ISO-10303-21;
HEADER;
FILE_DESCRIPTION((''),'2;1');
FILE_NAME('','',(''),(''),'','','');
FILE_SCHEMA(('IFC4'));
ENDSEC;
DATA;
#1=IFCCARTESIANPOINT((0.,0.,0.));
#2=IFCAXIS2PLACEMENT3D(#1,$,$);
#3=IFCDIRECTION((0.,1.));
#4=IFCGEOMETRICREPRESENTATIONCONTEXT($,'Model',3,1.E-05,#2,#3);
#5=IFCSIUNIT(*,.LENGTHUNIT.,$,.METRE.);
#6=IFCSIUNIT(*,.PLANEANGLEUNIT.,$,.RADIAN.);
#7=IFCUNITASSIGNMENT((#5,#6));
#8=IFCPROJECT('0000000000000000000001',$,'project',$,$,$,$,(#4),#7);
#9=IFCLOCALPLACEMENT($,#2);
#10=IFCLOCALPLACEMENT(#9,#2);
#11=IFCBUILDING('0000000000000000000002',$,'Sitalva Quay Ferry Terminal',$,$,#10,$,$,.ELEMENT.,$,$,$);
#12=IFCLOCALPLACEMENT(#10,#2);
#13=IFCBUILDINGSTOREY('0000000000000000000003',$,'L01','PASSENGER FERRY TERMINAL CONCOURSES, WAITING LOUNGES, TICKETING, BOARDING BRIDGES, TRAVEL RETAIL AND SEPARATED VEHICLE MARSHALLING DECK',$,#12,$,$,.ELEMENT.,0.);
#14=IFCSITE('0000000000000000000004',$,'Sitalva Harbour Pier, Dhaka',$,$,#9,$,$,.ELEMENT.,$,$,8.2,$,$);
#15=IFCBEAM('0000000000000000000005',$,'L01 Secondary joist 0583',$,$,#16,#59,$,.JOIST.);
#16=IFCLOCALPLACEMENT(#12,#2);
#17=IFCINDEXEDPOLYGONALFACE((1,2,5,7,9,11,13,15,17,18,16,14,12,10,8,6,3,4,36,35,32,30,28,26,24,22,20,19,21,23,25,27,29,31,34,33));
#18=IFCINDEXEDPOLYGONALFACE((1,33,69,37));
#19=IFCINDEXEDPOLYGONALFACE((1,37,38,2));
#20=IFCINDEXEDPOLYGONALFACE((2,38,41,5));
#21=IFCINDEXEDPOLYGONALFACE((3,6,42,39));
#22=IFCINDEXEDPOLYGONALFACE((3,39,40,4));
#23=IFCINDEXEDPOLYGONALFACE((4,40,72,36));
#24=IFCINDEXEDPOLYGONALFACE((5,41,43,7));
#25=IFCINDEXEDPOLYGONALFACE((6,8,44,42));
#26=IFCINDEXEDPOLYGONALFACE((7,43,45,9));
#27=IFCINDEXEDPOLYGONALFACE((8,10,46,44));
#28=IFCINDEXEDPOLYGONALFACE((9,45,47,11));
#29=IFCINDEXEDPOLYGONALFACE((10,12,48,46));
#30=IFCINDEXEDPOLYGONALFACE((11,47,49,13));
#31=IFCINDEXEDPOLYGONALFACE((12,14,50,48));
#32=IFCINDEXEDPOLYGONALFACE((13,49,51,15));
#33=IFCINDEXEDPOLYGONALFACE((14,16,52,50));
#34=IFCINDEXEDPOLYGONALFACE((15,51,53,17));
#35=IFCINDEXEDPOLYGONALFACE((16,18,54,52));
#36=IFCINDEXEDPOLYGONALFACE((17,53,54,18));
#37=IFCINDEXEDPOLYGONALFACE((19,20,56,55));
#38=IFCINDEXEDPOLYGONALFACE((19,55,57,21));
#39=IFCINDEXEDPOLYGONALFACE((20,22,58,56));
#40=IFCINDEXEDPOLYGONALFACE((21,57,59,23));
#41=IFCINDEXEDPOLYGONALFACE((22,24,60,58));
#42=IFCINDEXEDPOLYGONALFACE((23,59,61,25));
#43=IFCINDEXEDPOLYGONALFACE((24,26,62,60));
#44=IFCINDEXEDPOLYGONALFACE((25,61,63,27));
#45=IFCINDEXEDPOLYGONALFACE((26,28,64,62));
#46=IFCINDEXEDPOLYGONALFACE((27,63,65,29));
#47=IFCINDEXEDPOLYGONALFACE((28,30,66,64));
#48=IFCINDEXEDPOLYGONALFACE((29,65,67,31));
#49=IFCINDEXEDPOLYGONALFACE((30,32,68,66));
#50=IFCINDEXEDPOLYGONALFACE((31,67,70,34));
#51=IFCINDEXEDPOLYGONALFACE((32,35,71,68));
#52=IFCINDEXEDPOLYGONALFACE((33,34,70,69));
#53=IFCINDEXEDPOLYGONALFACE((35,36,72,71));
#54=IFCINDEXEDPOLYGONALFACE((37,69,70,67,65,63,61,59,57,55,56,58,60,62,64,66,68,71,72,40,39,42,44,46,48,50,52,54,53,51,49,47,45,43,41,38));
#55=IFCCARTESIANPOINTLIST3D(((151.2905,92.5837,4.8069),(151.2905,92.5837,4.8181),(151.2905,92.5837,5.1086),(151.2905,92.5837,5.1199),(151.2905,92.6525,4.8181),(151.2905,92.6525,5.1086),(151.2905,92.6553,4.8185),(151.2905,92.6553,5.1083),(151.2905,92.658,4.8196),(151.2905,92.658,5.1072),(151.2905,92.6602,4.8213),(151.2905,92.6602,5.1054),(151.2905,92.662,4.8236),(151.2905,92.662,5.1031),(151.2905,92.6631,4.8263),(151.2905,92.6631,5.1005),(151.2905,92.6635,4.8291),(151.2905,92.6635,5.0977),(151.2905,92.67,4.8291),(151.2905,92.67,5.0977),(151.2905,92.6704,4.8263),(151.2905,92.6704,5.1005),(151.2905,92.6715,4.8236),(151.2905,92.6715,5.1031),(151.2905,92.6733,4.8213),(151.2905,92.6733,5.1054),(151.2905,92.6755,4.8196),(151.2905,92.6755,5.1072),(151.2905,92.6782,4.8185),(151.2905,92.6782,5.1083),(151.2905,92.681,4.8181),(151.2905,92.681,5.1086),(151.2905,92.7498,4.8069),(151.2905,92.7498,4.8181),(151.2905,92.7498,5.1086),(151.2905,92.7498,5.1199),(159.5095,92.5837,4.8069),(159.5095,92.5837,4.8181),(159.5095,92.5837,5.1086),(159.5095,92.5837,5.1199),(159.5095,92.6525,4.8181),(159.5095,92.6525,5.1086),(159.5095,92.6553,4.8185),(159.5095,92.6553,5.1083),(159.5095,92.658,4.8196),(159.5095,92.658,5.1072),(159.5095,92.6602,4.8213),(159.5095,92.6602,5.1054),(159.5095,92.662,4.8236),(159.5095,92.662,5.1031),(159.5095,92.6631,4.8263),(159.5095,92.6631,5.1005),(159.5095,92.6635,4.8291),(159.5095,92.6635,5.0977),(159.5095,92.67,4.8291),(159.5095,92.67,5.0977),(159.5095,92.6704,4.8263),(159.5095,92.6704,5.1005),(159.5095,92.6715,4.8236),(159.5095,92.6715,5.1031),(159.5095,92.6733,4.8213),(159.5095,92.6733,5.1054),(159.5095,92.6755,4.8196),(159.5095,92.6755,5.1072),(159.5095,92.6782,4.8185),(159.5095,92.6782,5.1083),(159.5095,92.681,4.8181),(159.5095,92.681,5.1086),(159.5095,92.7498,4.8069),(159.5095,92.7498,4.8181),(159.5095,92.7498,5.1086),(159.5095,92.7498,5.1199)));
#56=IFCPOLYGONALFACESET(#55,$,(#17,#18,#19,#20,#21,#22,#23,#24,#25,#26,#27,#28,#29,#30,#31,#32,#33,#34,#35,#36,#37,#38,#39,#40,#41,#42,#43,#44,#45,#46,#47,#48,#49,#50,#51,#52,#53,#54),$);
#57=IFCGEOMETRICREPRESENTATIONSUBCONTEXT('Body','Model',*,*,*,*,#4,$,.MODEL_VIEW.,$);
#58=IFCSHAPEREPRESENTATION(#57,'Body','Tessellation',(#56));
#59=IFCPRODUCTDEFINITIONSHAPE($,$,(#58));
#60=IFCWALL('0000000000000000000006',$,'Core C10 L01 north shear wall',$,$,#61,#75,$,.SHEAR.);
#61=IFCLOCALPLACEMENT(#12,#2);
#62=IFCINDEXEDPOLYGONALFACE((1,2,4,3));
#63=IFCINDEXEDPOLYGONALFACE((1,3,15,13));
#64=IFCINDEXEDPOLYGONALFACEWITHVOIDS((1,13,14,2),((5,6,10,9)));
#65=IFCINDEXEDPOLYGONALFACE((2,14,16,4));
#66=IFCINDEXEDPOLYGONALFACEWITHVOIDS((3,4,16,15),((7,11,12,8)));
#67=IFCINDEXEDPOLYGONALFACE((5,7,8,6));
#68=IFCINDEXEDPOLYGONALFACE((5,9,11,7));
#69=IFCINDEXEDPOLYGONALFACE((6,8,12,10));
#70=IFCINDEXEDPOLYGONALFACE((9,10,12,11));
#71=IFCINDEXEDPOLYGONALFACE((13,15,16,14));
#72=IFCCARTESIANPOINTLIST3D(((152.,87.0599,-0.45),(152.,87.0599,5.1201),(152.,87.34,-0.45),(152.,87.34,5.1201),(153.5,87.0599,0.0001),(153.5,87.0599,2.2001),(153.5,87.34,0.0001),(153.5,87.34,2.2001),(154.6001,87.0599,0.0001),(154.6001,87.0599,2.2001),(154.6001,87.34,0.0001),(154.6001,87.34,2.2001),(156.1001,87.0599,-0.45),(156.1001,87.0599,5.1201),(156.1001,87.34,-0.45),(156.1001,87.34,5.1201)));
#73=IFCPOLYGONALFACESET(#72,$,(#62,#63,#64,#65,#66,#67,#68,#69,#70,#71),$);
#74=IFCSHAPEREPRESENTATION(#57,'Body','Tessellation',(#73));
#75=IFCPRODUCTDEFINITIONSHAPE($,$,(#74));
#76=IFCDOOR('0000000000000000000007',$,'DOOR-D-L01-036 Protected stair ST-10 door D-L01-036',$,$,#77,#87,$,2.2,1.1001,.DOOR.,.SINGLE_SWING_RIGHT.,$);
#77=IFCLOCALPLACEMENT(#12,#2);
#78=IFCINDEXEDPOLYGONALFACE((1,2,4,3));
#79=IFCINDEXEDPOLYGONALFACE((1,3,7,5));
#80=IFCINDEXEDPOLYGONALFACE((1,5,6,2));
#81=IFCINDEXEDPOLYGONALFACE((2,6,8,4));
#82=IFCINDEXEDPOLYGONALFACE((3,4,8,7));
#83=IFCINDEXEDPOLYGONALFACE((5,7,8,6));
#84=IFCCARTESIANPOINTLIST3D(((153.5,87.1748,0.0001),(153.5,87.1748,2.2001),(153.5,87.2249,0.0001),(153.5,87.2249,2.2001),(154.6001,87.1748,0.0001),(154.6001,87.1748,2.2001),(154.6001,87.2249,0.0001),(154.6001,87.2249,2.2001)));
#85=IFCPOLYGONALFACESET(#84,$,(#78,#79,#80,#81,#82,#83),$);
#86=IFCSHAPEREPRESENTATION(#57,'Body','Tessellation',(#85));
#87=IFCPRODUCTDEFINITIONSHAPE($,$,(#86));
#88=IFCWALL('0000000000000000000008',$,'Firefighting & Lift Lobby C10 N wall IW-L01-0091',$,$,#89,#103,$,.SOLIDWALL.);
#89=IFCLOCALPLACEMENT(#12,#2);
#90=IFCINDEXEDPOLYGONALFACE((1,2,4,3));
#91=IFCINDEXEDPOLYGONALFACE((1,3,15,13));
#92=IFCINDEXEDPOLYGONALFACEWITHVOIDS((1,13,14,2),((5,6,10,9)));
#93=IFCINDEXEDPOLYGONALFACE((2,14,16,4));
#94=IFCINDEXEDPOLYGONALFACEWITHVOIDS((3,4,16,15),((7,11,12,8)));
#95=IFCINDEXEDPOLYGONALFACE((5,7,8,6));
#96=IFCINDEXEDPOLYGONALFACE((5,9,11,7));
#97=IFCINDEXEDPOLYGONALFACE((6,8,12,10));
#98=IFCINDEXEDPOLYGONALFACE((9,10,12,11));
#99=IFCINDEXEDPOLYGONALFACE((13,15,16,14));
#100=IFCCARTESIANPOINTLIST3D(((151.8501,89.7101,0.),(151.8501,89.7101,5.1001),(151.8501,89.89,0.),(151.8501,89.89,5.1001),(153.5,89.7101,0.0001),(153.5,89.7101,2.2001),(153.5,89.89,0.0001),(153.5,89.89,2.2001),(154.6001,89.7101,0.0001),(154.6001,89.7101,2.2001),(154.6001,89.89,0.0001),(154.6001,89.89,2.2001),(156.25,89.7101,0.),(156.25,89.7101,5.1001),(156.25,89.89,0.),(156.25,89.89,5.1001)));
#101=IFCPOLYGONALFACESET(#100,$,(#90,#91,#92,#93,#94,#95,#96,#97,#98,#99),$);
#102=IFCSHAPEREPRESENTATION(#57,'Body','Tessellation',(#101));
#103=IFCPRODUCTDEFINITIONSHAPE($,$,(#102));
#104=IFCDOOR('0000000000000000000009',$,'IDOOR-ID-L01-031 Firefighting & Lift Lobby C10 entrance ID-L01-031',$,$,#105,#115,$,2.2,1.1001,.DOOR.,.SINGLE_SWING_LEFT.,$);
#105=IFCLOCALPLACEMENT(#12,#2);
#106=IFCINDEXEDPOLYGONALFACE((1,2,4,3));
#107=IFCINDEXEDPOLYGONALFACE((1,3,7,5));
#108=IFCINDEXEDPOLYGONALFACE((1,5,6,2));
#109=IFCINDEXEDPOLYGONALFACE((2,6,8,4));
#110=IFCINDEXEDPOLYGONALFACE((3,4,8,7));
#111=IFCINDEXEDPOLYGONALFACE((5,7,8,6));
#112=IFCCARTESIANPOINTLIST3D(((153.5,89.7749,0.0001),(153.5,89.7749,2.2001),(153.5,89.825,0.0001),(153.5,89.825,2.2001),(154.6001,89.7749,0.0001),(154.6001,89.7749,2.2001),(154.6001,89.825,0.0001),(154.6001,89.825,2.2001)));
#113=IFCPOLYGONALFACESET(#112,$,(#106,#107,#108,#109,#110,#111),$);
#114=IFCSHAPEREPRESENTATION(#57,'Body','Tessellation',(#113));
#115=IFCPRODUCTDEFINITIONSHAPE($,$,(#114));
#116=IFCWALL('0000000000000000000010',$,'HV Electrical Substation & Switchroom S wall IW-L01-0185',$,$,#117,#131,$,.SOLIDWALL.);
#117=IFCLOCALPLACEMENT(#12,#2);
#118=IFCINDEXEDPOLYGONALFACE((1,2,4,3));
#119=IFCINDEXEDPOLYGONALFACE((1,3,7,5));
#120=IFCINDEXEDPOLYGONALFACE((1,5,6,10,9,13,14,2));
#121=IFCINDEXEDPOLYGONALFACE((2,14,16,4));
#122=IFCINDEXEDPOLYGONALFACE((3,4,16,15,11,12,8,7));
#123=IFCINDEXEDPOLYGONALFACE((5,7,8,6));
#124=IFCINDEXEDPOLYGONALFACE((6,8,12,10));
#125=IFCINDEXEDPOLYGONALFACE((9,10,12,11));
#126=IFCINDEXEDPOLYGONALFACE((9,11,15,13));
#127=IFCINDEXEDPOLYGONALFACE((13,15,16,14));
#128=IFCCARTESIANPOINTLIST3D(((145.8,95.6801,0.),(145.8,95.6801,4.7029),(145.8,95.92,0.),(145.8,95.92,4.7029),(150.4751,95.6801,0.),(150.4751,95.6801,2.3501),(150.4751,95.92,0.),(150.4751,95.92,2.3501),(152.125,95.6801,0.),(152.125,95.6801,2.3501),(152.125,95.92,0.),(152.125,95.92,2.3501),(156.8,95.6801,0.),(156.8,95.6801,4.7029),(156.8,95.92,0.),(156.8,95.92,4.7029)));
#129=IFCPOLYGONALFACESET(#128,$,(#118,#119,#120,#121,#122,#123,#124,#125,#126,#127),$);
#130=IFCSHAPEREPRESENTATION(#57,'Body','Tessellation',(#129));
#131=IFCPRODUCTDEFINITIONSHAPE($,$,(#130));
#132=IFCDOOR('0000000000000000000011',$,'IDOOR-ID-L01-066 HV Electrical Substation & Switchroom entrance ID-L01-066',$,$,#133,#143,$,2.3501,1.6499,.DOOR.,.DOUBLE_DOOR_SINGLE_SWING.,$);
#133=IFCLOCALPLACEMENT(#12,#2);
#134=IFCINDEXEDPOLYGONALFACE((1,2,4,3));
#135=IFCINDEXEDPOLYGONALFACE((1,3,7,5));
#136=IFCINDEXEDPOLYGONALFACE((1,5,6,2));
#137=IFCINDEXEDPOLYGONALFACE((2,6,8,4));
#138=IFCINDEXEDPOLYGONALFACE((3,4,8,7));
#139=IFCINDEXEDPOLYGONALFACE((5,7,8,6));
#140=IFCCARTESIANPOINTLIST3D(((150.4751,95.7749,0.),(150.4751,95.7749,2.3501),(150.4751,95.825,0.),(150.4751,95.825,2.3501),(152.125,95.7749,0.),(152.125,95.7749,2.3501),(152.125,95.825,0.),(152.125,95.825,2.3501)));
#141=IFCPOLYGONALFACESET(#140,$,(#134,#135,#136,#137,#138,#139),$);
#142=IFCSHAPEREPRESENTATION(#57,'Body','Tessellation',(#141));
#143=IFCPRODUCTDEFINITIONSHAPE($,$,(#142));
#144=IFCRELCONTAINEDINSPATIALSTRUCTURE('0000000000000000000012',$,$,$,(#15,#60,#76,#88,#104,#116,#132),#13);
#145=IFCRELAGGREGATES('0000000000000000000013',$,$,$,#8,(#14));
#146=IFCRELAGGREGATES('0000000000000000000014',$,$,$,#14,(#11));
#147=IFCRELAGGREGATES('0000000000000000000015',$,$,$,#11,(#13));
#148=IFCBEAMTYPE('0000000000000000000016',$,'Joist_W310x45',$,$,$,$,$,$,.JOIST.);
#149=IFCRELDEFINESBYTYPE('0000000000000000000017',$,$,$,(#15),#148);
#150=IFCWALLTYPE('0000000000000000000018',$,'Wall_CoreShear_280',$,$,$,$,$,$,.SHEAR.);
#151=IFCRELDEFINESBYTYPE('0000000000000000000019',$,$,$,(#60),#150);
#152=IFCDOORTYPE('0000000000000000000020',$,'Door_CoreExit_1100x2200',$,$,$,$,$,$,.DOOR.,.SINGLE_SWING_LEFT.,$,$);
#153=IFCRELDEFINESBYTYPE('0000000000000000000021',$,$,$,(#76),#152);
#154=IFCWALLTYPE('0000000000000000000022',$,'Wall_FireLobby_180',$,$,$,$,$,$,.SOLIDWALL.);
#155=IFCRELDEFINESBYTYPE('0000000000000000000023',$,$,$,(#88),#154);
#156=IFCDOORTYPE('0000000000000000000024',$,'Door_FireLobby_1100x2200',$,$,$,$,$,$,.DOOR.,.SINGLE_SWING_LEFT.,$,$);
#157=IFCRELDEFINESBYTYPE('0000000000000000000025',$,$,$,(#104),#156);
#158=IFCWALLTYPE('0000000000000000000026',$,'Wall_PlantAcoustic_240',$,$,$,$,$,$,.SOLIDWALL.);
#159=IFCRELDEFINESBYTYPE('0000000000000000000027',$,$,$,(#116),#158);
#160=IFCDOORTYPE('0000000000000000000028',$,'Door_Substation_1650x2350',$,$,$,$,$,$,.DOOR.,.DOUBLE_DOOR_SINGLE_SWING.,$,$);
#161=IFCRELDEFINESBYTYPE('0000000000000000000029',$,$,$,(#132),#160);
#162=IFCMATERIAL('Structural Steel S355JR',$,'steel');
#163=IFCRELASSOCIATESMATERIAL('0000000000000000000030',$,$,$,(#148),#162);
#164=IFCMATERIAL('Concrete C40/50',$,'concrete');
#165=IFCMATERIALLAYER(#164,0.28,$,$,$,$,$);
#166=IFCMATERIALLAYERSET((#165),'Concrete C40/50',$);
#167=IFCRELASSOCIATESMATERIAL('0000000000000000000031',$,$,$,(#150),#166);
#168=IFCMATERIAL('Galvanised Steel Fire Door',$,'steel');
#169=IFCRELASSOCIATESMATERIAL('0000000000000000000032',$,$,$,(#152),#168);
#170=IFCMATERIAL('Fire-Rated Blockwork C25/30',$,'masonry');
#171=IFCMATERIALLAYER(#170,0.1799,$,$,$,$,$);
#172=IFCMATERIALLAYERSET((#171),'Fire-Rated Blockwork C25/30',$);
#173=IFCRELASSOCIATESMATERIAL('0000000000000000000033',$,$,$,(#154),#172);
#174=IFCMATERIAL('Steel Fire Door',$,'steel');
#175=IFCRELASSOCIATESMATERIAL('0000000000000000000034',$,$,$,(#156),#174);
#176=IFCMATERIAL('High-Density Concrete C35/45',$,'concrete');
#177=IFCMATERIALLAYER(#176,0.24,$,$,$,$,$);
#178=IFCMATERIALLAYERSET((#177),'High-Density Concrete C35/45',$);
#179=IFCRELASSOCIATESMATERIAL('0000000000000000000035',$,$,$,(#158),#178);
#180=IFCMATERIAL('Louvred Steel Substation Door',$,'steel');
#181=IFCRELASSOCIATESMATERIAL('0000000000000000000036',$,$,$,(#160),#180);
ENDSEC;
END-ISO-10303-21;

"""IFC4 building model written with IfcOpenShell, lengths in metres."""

from ifc_helpers import new_model, si_unit, direction, frame, frame_2d, origin, origin_2d, place, context, subcontext, project, spatial, rectangle, i_section, extrude, material, layer, layer_set, material_profile, profile_set, type_object, element, fill, save


model = new_model("IFC4")

# Units and contexts
model_context = context("Model", 3, precision=1e-05, world=origin(), true_north=direction((0.0, 1.0)))
body_context = subcontext(model_context, "Body", "Model", "MODEL_VIEW")
ifc_project = project(units=[si_unit("LENGTHUNIT", "METRE"), si_unit("PLANEANGLEUNIT", "RADIAN")], contexts=[model_context])

# Site, building, storey
site_placement = place(None, origin())
site = spatial("IfcSite", under=ifc_project, at=site_placement, Name="Sitalva Harbour Pier, Dhaka", CompositionType="ELEMENT", RefElevation=8.2)
building_placement = place(site_placement, origin())
building = spatial("IfcBuilding", under=site, at=building_placement, Name="Sitalva Quay Ferry Terminal", CompositionType="ELEMENT")
storey_placement = place(building_placement, origin())
storey = spatial("IfcBuildingStorey", under=building, at=storey_placement, Name="L01", Description="PASSENGER FERRY TERMINAL CONCOURSES, WAITING LOUNGES, TICKETING, BOARDING BRIDGES, TRAVEL RETAIL AND SEPARATED VEHICLE MARSHALLING DECK", CompositionType="ELEMENT", Elevation=0.0)

# Beam
ifc_material_1 = material(Name="Structural Steel S355JR", Category="steel")
ifc_material_profile_1 = material_profile(ifc_material_1, i_section(OverallWidth=0.166, OverallDepth=0.313, WebThickness=0.0066, FlangeThickness=0.0112, FilletRadius=0.011, at=origin_2d()), Name="W310x45")
ifc_profile_set_1 = profile_set([ifc_material_profile_1], Name="Structural Steel S355JR")
beam_type_1 = type_object("IfcBeamType", Name="Joist_W310x45", PredefinedType="JOIST", material=ifc_profile_set_1)
beam_1_placement = place(storey_placement, frame((151.2905, 92.6667, 4.9634), z_axis=(1.0, 0.0, 0.0), x_axis=(0.0, 1.0, 0.0)))
element("IfcBeam", 1, at=beam_1_placement, inside=storey, type_object=beam_type_1, Name="L01 Secondary joist 0583", PredefinedType="JOIST", context=body_context, shape_type="SweptSolid", body=[
    extrude(i_section(OverallWidth=0.166, OverallDepth=0.313, WebThickness=0.0066, FlangeThickness=0.0112, FilletRadius=0.011, at=origin_2d()), origin(), (0.0, 0.0, 1.0), 8.219),
])

# Walls, openings, doors
ifc_material_2 = material(Name="Concrete C40/50", Category="concrete")
ifc_layer_1 = layer(ifc_material_2, 0.28)
ifc_layer_set_1 = layer_set([ifc_layer_1], Name="Concrete C40/50")
wall_type_1 = type_object("IfcWallType", Name="Wall_CoreShear_280", PredefinedType="SHEAR", material=ifc_layer_set_1)
wall_1_placement = place(storey_placement, frame((152.0, 87.2, -0.45), z_axis=(0.0, 0.0, 1.0), x_axis=(1.0, 0.0, 0.0)))
wall_1 = element("IfcWall", 2, at=wall_1_placement, inside=storey, type_object=wall_type_1, Name="Core C10 L01 north shear wall", PredefinedType="SHEAR", context=body_context, shape_type="SweptSolid", body=[
    extrude(rectangle(XDim=4.1001, YDim=0.28, at=frame_2d((2.05, 0.0))), origin(), (0.0, 0.0, 1.0), 5.5701),
])
opening_1_placement = place(wall_1_placement, frame((1.5, 0.0, 0.45)))
opening_1 = element("IfcOpeningElement", 3, at=opening_1_placement, cuts=wall_1, PredefinedType="OPENING", context=body_context, shape_type="SweptSolid", body=[
    extrude(rectangle(XDim=1.1001, YDim=2.2, at=frame_2d((0.55, 1.1001))), frame((0.0, 0.1499, 0.0), z_axis=(0.0, -1.0, 0.0), x_axis=(1.0, 0.0, 0.0)), (0.0, 0.0, 1.0), 0.3),
])
ifc_material_3 = material(Name="Galvanised Steel Fire Door", Category="steel")
door_type_1 = type_object("IfcDoorType", Name="Door_CoreExit_1100x2200", OperationType="SINGLE_SWING_LEFT", PredefinedType="DOOR", material=ifc_material_3)
door_1_placement = place(opening_1_placement, origin())
door_1 = element("IfcDoor", 4, at=door_1_placement, inside=storey, type_object=door_type_1, Name="DOOR-D-L01-036 Protected stair ST-10 door D-L01-036", OperationType="SINGLE_SWING_RIGHT", OverallHeight=2.2, OverallWidth=1.1001, PredefinedType="DOOR", context=body_context, shape_type="SweptSolid", body=[
    extrude(rectangle(XDim=1.1001, YDim=2.2, at=frame_2d((0.55, 1.1001))), frame((0.0, 0.0249, 0.0), z_axis=(0.0, -1.0, 0.0), x_axis=(1.0, 0.0, 0.0)), (0.0, 0.0, 1.0), 0.05),
])
fill(opening_1, door_1)
ifc_material_4 = material(Name="Fire-Rated Blockwork C25/30", Category="masonry")
ifc_layer_2 = layer(ifc_material_4, 0.1799)
ifc_layer_set_2 = layer_set([ifc_layer_2], Name="Fire-Rated Blockwork C25/30")
wall_type_2 = type_object("IfcWallType", Name="Wall_FireLobby_180", PredefinedType="SOLIDWALL", material=ifc_layer_set_2)
wall_2_placement = place(storey_placement, frame((151.8501, 89.8, 0.0), z_axis=(0.0, 0.0, 1.0), x_axis=(1.0, 0.0, 0.0)))
wall_2 = element("IfcWall", 5, at=wall_2_placement, inside=storey, type_object=wall_type_2, Name="Firefighting & Lift Lobby C10 N wall IW-L01-0091", PredefinedType="SOLIDWALL", context=body_context, shape_type="SweptSolid", body=[
    extrude(rectangle(XDim=4.3999, YDim=0.1799, at=frame_2d((2.2, 0.0))), origin(), (0.0, 0.0, 1.0), 5.1001),
])
opening_2_placement = place(wall_2_placement, frame((1.6499, 0.0, 0.0)))
opening_2 = element("IfcOpeningElement", 6, at=opening_2_placement, cuts=wall_2, PredefinedType="OPENING", context=body_context, shape_type="SweptSolid", body=[
    extrude(rectangle(XDim=1.1001, YDim=2.2, at=frame_2d((0.55, 1.1001))), frame((0.0, 0.0999, 0.0), z_axis=(0.0, -1.0, 0.0), x_axis=(1.0, 0.0, 0.0)), (0.0, 0.0, 1.0), 0.2),
])
ifc_material_5 = material(Name="Steel Fire Door", Category="steel")
door_type_2 = type_object("IfcDoorType", Name="Door_FireLobby_1100x2200", OperationType="SINGLE_SWING_LEFT", PredefinedType="DOOR", material=ifc_material_5)
door_2_placement = place(opening_2_placement, origin())
door_2 = element("IfcDoor", 7, at=door_2_placement, inside=storey, type_object=door_type_2, Name="IDOOR-ID-L01-031 Firefighting & Lift Lobby C10 entrance ID-L01-031", OperationType="SINGLE_SWING_LEFT", OverallHeight=2.2, OverallWidth=1.1001, PredefinedType="DOOR", context=body_context, shape_type="SweptSolid", body=[
    extrude(rectangle(XDim=1.1001, YDim=2.2, at=frame_2d((0.55, 1.1001))), frame((0.0, 0.0249, 0.0), z_axis=(0.0, -1.0, 0.0), x_axis=(1.0, 0.0, 0.0)), (0.0, 0.0, 1.0), 0.05),
])
fill(opening_2, door_2)
ifc_material_6 = material(Name="High-Density Concrete C35/45", Category="concrete")
ifc_layer_3 = layer(ifc_material_6, 0.24)
ifc_layer_set_3 = layer_set([ifc_layer_3], Name="High-Density Concrete C35/45")
wall_type_3 = type_object("IfcWallType", Name="Wall_PlantAcoustic_240", PredefinedType="SOLIDWALL", material=ifc_layer_set_3)
wall_3_placement = place(storey_placement, frame((145.8, 95.8, 0.0), z_axis=(0.0, 0.0, 1.0), x_axis=(1.0, 0.0, 0.0)))
wall_3 = element("IfcWall", 8, at=wall_3_placement, inside=storey, type_object=wall_type_3, Name="HV Electrical Substation & Switchroom S wall IW-L01-0185", PredefinedType="SOLIDWALL", context=body_context, shape_type="SweptSolid", body=[
    extrude(rectangle(XDim=11.0, YDim=0.24, at=frame_2d((5.5, 0.0))), origin(), (0.0, 0.0, 1.0), 4.7029),
])
opening_3_placement = place(wall_3_placement, frame((4.675, 0.0, 0.0)))
opening_3 = element("IfcOpeningElement", 9, at=opening_3_placement, cuts=wall_3, PredefinedType="OPENING", context=body_context, shape_type="SweptSolid", body=[
    extrude(rectangle(XDim=1.6499, YDim=2.3501, at=frame_2d((0.825, 1.175))), frame((0.0, 0.1299, 0.0), z_axis=(0.0, -1.0, 0.0), x_axis=(1.0, 0.0, 0.0)), (0.0, 0.0, 1.0), 0.26),
])
ifc_material_7 = material(Name="Louvred Steel Substation Door", Category="steel")
door_type_3 = type_object("IfcDoorType", Name="Door_Substation_1650x2350", OperationType="DOUBLE_DOOR_SINGLE_SWING", PredefinedType="DOOR", material=ifc_material_7)
door_3_placement = place(opening_3_placement, origin())
door_3 = element("IfcDoor", 10, at=door_3_placement, inside=storey, type_object=door_type_3, Name="IDOOR-ID-L01-066 HV Electrical Substation & Switchroom entrance ID-L01-066", OperationType="DOUBLE_DOOR_SINGLE_SWING", OverallHeight=2.3501, OverallWidth=1.6499, PredefinedType="DOOR", context=body_context, shape_type="SweptSolid", body=[
    extrude(rectangle(XDim=1.6499, YDim=2.3501, at=frame_2d((0.825, 1.175))), frame((0.0, 0.0249, 0.0), z_axis=(0.0, -1.0, 0.0), x_axis=(1.0, 0.0, 0.0)), (0.0, 0.0, 1.0), 0.05),
])
fill(opening_3, door_3)

save(model, "model.ifc")
